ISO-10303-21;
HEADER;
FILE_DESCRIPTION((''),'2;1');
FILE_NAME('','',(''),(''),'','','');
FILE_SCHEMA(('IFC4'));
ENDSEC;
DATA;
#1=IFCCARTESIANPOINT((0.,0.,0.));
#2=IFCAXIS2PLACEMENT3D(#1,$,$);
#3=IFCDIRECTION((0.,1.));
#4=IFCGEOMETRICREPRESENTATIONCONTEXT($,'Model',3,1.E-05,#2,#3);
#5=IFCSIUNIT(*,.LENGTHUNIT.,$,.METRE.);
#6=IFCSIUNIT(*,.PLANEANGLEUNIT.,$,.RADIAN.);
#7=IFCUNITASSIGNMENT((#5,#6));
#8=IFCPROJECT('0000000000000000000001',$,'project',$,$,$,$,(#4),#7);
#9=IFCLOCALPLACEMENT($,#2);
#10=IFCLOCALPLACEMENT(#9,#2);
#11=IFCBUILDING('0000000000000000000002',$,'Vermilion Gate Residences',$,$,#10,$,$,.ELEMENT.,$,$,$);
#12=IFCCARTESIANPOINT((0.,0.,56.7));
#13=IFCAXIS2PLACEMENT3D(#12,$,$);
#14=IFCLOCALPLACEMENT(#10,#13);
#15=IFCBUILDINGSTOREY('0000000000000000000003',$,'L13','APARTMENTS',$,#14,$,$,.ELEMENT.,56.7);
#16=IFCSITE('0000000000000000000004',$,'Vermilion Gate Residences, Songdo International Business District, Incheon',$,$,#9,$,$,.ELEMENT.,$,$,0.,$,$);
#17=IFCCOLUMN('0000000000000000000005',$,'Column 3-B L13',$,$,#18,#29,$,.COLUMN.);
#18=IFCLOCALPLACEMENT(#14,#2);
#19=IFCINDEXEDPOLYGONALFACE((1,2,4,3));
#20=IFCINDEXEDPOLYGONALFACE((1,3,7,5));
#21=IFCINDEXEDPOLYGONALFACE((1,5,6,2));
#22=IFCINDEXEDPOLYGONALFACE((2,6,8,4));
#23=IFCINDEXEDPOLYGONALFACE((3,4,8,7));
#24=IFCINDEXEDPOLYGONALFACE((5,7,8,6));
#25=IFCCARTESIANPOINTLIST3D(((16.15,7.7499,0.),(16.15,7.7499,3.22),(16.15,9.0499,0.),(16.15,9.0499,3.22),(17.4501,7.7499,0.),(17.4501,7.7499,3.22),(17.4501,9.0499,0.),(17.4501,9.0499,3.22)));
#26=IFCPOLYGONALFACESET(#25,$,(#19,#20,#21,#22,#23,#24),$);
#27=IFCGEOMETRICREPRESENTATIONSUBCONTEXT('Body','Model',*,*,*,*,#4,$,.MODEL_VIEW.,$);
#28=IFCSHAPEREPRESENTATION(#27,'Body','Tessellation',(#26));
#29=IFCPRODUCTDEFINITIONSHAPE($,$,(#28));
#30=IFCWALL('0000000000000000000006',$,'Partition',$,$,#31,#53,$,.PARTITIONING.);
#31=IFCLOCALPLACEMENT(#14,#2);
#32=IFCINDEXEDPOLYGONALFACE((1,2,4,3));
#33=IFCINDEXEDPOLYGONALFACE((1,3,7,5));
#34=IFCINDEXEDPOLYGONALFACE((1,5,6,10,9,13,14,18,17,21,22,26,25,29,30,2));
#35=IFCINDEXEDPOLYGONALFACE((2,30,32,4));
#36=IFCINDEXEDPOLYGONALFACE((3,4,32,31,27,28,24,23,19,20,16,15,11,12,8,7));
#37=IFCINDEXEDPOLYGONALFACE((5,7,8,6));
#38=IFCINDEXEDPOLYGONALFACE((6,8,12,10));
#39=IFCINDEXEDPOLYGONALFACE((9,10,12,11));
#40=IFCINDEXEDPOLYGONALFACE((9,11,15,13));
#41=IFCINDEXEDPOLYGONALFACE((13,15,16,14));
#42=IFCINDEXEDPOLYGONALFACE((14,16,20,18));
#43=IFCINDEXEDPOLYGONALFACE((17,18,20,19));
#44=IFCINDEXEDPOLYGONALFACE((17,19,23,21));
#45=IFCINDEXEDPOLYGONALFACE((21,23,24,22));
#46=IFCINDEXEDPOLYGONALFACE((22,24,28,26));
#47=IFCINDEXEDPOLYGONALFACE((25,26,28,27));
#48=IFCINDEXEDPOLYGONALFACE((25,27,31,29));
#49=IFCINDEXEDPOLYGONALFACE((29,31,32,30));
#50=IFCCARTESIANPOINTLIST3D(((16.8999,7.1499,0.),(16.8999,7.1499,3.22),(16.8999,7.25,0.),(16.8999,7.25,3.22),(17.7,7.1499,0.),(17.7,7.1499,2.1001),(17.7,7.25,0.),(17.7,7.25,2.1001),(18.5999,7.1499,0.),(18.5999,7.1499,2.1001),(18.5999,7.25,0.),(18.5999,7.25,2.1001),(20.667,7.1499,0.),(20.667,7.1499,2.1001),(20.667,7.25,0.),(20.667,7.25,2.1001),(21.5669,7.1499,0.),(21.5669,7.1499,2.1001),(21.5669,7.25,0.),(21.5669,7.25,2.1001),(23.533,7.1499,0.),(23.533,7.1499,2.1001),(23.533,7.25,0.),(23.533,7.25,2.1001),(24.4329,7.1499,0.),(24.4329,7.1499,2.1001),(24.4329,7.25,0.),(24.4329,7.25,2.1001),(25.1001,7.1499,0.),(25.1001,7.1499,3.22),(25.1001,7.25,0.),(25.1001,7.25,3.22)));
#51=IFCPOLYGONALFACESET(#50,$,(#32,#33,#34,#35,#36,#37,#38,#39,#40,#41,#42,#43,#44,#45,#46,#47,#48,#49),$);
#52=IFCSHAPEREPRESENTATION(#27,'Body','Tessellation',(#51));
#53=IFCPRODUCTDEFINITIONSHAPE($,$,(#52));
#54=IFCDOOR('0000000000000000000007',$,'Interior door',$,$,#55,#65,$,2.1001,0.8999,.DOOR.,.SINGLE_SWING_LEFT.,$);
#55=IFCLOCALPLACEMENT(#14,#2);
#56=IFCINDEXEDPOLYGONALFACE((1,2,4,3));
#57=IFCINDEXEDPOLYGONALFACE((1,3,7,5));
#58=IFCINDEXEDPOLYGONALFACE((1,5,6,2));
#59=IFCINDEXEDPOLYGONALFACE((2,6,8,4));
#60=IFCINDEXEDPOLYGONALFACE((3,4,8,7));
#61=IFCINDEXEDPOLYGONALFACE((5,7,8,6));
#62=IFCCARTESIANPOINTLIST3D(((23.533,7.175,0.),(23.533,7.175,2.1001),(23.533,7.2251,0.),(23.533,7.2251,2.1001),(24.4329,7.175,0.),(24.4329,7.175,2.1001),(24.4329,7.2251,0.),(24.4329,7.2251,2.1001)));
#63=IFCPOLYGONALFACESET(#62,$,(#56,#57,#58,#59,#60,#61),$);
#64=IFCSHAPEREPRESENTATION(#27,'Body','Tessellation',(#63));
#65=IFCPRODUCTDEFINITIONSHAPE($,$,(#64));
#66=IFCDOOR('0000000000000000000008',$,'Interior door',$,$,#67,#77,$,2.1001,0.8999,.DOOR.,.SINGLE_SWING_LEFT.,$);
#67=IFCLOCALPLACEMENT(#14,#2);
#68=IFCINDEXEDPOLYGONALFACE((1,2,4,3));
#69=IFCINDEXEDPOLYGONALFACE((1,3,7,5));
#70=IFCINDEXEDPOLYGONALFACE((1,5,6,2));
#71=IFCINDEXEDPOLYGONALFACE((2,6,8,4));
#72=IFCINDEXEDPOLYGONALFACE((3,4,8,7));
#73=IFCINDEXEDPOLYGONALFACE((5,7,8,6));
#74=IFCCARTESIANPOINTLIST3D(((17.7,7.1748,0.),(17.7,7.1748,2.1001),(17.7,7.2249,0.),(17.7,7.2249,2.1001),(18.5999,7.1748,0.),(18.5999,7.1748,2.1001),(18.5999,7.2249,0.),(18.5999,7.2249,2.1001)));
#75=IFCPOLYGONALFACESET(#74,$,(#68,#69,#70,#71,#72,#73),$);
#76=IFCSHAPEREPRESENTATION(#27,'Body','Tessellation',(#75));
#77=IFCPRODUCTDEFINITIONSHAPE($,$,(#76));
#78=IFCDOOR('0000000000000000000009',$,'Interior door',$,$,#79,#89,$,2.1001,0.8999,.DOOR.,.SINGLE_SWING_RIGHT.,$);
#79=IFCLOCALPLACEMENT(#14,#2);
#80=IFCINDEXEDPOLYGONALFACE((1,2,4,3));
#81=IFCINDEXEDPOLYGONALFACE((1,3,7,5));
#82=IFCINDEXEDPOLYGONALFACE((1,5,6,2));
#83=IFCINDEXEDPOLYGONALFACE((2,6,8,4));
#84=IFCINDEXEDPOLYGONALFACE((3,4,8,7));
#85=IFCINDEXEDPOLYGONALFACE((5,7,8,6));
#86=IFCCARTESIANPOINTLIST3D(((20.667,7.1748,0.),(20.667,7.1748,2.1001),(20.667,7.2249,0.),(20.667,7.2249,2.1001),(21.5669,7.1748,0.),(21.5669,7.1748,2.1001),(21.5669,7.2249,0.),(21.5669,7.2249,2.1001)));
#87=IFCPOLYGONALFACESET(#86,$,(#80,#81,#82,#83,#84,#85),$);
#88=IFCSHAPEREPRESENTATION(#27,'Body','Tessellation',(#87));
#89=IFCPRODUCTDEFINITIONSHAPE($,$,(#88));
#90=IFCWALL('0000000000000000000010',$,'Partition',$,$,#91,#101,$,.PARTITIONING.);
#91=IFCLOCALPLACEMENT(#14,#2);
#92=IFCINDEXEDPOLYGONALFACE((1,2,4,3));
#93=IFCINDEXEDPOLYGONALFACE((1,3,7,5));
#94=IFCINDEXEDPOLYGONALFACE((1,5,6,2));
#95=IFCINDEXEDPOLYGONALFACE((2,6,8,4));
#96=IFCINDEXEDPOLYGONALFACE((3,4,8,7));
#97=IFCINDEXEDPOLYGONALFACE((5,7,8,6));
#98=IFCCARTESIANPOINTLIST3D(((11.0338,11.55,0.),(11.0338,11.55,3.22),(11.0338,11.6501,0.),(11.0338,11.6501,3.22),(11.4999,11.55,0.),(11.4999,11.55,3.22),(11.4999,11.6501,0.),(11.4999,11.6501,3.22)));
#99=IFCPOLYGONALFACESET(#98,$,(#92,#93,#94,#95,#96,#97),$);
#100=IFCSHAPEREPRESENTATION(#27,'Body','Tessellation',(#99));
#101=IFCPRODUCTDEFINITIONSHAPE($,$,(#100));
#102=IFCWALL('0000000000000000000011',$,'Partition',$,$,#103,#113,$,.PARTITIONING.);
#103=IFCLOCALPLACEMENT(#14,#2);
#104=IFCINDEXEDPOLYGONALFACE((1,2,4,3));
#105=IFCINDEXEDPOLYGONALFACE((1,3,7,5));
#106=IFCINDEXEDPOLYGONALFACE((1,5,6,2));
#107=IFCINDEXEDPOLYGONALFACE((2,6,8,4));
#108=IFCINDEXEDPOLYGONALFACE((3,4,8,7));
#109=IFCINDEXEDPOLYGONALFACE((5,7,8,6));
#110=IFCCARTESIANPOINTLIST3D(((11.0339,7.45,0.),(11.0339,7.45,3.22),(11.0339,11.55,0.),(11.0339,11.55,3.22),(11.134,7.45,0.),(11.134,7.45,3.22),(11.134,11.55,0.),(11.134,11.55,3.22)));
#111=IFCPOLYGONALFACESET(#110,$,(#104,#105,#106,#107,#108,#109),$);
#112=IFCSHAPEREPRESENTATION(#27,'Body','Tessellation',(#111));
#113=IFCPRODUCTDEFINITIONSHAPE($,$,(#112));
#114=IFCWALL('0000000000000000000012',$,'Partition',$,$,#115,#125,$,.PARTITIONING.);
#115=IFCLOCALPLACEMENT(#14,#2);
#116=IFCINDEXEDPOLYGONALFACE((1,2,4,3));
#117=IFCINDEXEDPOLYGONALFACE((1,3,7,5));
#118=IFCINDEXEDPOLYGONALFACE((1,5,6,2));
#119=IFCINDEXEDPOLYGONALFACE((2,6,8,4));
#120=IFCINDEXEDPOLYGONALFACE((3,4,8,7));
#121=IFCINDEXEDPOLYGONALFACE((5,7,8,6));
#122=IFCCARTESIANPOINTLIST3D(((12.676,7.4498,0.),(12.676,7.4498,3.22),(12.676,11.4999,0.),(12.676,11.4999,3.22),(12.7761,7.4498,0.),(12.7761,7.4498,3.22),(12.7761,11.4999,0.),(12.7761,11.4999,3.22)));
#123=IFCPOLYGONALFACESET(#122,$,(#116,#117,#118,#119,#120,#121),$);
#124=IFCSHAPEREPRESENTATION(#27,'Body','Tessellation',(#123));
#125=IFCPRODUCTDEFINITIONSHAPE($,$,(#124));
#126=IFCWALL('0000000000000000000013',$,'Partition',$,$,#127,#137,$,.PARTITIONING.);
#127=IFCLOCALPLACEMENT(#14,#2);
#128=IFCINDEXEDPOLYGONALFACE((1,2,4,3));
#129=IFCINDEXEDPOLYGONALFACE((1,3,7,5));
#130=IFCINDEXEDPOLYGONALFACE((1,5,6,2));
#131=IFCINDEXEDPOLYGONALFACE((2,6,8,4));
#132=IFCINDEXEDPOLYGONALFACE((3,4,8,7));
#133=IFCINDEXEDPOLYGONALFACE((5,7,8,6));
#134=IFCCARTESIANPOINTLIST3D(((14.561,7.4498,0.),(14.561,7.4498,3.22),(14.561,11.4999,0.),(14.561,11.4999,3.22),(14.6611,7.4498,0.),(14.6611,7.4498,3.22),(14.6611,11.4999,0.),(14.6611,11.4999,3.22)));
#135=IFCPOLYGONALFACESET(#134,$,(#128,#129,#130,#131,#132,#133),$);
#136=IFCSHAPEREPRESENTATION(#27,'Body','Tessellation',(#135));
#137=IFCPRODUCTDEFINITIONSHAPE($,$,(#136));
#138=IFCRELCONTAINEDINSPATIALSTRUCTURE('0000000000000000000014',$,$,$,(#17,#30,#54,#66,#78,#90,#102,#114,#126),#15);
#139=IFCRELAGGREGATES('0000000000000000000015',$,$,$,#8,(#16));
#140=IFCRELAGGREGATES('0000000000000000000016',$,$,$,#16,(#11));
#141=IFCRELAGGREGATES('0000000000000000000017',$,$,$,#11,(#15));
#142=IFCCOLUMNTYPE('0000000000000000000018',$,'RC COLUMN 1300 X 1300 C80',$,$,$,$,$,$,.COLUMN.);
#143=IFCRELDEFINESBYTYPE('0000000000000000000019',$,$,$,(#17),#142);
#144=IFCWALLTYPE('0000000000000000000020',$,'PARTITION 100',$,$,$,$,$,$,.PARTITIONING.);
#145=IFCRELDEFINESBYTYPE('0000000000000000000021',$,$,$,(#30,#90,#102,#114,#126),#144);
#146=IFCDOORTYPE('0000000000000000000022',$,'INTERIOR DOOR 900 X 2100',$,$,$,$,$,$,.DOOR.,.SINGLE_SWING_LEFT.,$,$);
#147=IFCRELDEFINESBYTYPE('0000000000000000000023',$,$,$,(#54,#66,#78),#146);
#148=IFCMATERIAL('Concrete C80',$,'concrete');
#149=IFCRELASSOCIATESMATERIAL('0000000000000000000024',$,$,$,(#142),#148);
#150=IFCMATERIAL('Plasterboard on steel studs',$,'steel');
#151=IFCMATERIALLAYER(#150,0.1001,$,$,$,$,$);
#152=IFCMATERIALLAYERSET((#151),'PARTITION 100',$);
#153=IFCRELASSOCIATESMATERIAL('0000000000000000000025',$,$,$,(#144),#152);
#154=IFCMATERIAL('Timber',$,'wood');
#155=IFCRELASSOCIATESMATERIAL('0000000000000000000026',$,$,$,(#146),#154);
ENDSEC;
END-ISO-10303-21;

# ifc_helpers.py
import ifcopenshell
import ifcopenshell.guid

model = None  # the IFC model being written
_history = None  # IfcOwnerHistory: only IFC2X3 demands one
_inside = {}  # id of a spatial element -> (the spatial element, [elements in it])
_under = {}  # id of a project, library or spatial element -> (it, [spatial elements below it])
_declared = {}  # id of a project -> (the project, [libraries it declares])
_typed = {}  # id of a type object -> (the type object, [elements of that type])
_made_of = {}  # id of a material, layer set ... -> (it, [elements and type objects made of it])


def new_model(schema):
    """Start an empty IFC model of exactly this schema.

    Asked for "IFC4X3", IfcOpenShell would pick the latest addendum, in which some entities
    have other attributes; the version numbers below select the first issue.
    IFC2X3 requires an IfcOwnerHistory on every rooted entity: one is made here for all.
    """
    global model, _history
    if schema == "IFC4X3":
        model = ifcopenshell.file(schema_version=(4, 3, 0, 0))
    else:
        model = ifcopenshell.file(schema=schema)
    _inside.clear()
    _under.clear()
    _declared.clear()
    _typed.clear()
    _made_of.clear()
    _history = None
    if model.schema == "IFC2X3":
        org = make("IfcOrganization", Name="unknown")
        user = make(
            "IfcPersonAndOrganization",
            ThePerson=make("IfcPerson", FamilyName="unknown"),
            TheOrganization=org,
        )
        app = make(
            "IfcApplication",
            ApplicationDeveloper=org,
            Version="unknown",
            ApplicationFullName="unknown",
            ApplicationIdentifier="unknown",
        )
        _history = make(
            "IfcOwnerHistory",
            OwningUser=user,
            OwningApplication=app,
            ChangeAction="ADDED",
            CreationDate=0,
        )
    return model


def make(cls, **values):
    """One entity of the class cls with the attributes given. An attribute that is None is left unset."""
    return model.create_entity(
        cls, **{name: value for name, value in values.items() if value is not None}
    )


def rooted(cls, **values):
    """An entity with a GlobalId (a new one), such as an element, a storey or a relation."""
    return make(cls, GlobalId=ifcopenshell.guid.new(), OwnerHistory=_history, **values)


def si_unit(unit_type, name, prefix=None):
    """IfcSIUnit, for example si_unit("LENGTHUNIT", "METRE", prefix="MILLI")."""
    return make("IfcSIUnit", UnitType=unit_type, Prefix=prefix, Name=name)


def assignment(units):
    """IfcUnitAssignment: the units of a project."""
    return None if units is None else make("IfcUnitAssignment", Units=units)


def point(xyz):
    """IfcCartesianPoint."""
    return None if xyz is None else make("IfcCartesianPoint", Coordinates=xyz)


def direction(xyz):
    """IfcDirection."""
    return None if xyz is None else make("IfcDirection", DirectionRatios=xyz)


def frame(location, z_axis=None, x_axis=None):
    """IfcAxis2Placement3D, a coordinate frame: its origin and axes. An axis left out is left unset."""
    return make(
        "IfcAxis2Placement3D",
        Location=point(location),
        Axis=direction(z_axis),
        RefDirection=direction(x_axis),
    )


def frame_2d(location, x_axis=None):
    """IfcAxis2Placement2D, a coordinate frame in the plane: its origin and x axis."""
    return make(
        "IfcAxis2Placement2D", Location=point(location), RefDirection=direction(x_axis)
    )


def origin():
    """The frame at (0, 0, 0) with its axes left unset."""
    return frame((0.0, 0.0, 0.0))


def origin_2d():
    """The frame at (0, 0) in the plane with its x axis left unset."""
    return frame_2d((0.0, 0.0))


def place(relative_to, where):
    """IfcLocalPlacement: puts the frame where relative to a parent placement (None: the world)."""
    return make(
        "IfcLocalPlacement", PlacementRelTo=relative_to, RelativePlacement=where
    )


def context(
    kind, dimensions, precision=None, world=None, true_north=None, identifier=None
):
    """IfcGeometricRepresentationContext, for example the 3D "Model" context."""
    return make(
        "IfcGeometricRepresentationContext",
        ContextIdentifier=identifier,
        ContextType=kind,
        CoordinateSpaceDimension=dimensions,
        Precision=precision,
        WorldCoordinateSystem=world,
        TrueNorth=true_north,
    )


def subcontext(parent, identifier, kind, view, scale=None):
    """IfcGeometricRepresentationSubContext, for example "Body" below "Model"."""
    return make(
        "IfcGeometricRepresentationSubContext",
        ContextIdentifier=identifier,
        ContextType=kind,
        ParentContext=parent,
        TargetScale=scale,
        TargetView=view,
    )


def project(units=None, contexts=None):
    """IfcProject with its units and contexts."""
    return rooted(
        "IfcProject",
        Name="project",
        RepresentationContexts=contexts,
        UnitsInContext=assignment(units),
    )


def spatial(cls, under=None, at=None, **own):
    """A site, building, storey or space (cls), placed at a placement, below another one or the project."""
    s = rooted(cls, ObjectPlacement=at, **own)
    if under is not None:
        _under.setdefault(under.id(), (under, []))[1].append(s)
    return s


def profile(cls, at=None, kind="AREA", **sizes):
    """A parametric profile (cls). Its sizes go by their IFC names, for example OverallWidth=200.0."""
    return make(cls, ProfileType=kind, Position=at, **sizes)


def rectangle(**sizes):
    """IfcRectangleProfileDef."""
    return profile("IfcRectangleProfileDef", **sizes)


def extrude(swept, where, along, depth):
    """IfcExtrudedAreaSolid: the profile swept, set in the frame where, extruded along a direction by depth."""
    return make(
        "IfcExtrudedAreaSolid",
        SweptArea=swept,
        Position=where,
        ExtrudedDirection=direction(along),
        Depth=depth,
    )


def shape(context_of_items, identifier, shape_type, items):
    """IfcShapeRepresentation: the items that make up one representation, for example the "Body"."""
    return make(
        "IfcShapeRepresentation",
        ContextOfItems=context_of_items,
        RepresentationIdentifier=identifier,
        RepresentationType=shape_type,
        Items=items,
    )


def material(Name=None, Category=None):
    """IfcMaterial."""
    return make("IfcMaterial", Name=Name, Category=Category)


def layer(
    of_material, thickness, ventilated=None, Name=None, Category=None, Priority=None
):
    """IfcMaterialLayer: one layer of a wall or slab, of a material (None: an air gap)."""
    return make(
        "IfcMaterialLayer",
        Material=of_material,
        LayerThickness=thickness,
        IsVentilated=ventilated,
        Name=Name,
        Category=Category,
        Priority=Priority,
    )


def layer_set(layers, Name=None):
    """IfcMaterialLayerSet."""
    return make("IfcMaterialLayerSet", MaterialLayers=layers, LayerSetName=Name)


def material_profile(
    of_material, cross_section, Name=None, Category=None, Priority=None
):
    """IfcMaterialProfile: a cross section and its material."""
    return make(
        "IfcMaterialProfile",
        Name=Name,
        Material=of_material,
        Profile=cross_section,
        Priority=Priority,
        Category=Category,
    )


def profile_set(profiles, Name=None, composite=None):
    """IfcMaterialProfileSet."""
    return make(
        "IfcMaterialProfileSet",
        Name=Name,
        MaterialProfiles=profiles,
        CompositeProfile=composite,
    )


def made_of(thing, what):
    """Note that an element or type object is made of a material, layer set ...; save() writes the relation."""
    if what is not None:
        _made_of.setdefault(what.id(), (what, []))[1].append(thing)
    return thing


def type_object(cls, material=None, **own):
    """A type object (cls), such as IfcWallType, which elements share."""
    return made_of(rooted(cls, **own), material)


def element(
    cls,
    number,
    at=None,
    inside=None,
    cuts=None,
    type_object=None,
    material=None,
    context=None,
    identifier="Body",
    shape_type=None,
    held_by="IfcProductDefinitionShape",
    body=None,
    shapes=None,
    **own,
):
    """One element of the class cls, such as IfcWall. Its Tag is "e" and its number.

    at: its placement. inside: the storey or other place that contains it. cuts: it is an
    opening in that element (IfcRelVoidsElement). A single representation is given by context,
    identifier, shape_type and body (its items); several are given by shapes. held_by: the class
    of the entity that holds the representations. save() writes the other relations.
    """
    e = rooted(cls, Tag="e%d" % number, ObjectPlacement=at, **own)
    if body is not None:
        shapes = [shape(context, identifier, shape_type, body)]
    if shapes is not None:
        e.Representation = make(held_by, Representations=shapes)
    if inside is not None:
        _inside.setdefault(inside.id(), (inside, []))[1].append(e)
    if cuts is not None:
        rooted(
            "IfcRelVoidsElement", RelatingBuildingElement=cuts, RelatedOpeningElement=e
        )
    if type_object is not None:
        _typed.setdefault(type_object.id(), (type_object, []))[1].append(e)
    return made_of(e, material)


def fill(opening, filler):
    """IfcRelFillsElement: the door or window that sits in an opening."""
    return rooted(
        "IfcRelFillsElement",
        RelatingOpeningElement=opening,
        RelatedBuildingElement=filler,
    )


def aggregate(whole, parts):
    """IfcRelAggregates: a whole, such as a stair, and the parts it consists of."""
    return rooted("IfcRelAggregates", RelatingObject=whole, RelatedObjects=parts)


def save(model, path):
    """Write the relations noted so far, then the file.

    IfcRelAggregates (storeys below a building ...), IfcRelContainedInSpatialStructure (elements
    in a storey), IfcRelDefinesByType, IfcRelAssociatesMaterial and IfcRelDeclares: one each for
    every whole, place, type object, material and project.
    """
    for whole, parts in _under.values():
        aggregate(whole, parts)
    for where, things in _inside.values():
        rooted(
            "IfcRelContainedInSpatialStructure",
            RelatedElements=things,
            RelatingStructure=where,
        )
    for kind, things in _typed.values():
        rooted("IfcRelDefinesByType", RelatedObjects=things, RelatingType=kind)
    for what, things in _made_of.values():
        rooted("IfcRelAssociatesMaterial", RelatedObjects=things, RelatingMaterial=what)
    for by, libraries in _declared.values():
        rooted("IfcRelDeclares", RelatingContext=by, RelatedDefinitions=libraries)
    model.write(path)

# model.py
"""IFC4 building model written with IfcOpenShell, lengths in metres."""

from ifc_helpers import new_model, si_unit, direction, frame, frame_2d, origin, origin_2d, place, context, subcontext, project, spatial, rectangle, extrude, material, layer, layer_set, material_profile, profile_set, type_object, element, fill, save


model = new_model("IFC4")

# Units and contexts
model_context = context("Model", 3, precision=1e-05, world=origin(), true_north=direction((0.0, 1.0)))
body_context = subcontext(model_context, "Body", "Model", "MODEL_VIEW")
ifc_project = project(units=[si_unit("LENGTHUNIT", "METRE"), si_unit("PLANEANGLEUNIT", "RADIAN")], contexts=[model_context])

# Site, building, storey
site_placement = place(None, origin())
site = spatial("IfcSite", under=ifc_project, at=site_placement, Name="Vermilion Gate Residences, Songdo International Business District, Incheon", CompositionType="ELEMENT", RefElevation=0.0)
building_placement = place(site_placement, origin())
building = spatial("IfcBuilding", under=site, at=building_placement, Name="Vermilion Gate Residences", CompositionType="ELEMENT")
storey_placement = place(building_placement, frame((0.0, 0.0, 56.7)))
storey = spatial("IfcBuildingStorey", under=building, at=storey_placement, Name="L13", Description="APARTMENTS", CompositionType="ELEMENT", Elevation=56.7)

# Column
ifc_material_1 = material(Name="Concrete C80", Category="concrete")
ifc_material_profile = material_profile(ifc_material_1, rectangle(XDim=1.3, YDim=1.3, at=origin_2d()), Name="RC-1300x1300")
ifc_profile_set = profile_set([ifc_material_profile], Name="Concrete C80")
column_type = type_object("IfcColumnType", Name="RC COLUMN 1300 X 1300 C80", PredefinedType="COLUMN", material=ifc_profile_set)
column_placement = place(storey_placement, frame((16.8, 8.3999, 0.0), z_axis=(0.0, 0.0, 1.0), x_axis=(1.0, 0.0, 0.0)))
element("IfcColumn", 1, at=column_placement, inside=storey, type_object=column_type, Name="Column 3-B L13", PredefinedType="COLUMN", context=body_context, shape_type="SweptSolid", body=[
    extrude(rectangle(XDim=1.3, YDim=1.3, at=origin_2d()), origin(), (0.0, 0.0, 1.0), 3.22),
])

# Wall, openings, doors
ifc_material_2 = material(Name="Plasterboard on steel studs", Category="steel")
ifc_layer_1 = layer(ifc_material_2, 0.1001)
ifc_layer_set_1 = layer_set([ifc_layer_1], Name="PARTITION 100")
wall_type_1 = type_object("IfcWallType", Name="PARTITION 100", PredefinedType="PARTITIONING", material=ifc_layer_set_1)
wall_1_placement = place(storey_placement, frame((16.8999, 7.2, 0.0), z_axis=(0.0, 0.0, 1.0), x_axis=(1.0, 0.0, 0.0)))
wall_1 = element("IfcWall", 2, at=wall_1_placement, inside=storey, type_object=wall_type_1, Name="Partition", PredefinedType="PARTITIONING", context=body_context, shape_type="SweptSolid", body=[
    extrude(rectangle(XDim=8.2002, YDim=0.1001, at=frame_2d((4.1001, 0.0))), origin(), (0.0, 0.0, 1.0), 3.22),
])
opening_1_placement = place(wall_1_placement, frame((6.6331, 0.0, 0.0)))
opening_1 = element("IfcOpeningElement", 3, at=opening_1_placement, cuts=wall_1, PredefinedType="OPENING", context=body_context, shape_type="SweptSolid", body=[
    extrude(rectangle(XDim=0.8999, YDim=2.1001, at=frame_2d((0.45, 1.05))), frame((0.0, 0.0601, 0.0), z_axis=(0.0, -1.0, 0.0), x_axis=(1.0, 0.0, 0.0)), (0.0, 0.0, 1.0), 0.1201),
])
opening_2_placement = place(wall_1_placement, frame((0.8, 0.0, 0.0)))
opening_2 = element("IfcOpeningElement", 4, at=opening_2_placement, cuts=wall_1, PredefinedType="OPENING", context=body_context, shape_type="SweptSolid", body=[
    extrude(rectangle(XDim=0.8999, YDim=2.1001, at=frame_2d((0.45, 1.05))), frame((0.0, 0.0601, 0.0), z_axis=(0.0, -1.0, 0.0), x_axis=(1.0, 0.0, 0.0)), (0.0, 0.0, 1.0), 0.1201),
])
opening_3_placement = place(wall_1_placement, frame((3.7671, 0.0, 0.0)))
opening_3 = element("IfcOpeningElement", 5, at=opening_3_placement, cuts=wall_1, PredefinedType="OPENING", context=body_context, shape_type="SweptSolid", body=[
    extrude(rectangle(XDim=0.8999, YDim=2.1001, at=frame_2d((0.45, 1.05))), frame((0.0, 0.0601, 0.0), z_axis=(0.0, -1.0, 0.0), x_axis=(1.0, 0.0, 0.0)), (0.0, 0.0, 1.0), 0.1201),
])
ifc_material_3 = material(Name="Timber", Category="wood")
door_type_1 = type_object("IfcDoorType", Name="INTERIOR DOOR 900 X 2100", OperationType="SINGLE_SWING_LEFT", PredefinedType="DOOR", material=ifc_material_3)
door_1_placement = place(opening_1_placement, frame((0.8999, 0.0, 0.0), z_axis=(0.0, 0.0, 1.0), x_axis=(-1.0, 0.0, 0.0)))
door_1 = element("IfcDoor", 6, at=door_1_placement, inside=storey, type_object=door_type_1, Name="Interior door", OperationType="SINGLE_SWING_LEFT", OverallHeight=2.1001, OverallWidth=0.8999, PredefinedType="DOOR", context=body_context, shape_type="SweptSolid", body=[
    extrude(rectangle(XDim=0.8999, YDim=2.1001, at=frame_2d((0.45, 1.05))), frame((0.0, 0.0249, 0.0), z_axis=(0.0, -1.0, 0.0), x_axis=(1.0, 0.0, 0.0)), (0.0, 0.0, 1.0), 0.05),
])
fill(opening_1, door_1)
door_2_placement = place(opening_2_placement, origin())
door_2 = element("IfcDoor", 7, at=door_2_placement, inside=storey, type_object=door_type_1, Name="Interior door", OperationType="SINGLE_SWING_LEFT", OverallHeight=2.1001, OverallWidth=0.8999, PredefinedType="DOOR", context=body_context, shape_type="SweptSolid", body=[
    extrude(rectangle(XDim=0.8999, YDim=2.1001, at=frame_2d((0.45, 1.05))), frame((0.0, 0.0249, 0.0), z_axis=(0.0, -1.0, 0.0), x_axis=(1.0, 0.0, 0.0)), (0.0, 0.0, 1.0), 0.05),
])
fill(opening_2, door_2)
door_3_placement = place(opening_3_placement, origin())
door_3 = element("IfcDoor", 8, at=door_3_placement, inside=storey, type_object=door_type_1, Name="Interior door", OperationType="SINGLE_SWING_RIGHT", OverallHeight=2.1001, OverallWidth=0.8999, PredefinedType="DOOR", context=body_context, shape_type="SweptSolid", body=[
    extrude(rectangle(XDim=0.8999, YDim=2.1001, at=frame_2d((0.45, 1.05))), frame((0.0, 0.0249, 0.0), z_axis=(0.0, -1.0, 0.0), x_axis=(1.0, 0.0, 0.0)), (0.0, 0.0, 1.0), 0.05),
])
fill(opening_3, door_3)

# Walls
wall_2_placement = place(storey_placement, frame((11.0339, 11.6001, 0.0), z_axis=(0.0, 0.0, 1.0), x_axis=(1.0, 0.0, 0.0)))
element("IfcWall", 9, at=wall_2_placement, inside=storey, type_object=wall_type_1, Name="Partition", PredefinedType="PARTITIONING", context=body_context, shape_type="SweptSolid", body=[
    extrude(rectangle(XDim=0.4661, YDim=0.1001, at=frame_2d((0.2329, 0.0))), origin(), (0.0, 0.0, 1.0), 3.22),
])
wall_3_placement = place(storey_placement, frame((11.084, 7.45, 0.0), z_axis=(0.0, 0.0, 1.0), x_axis=(0.0, 1.0, 0.0)))
element("IfcWall", 10, at=wall_3_placement, inside=storey, type_object=wall_type_1, Name="Partition", PredefinedType="PARTITIONING", context=body_context, shape_type="SweptSolid", body=[
    extrude(rectangle(XDim=4.1001, YDim=0.1001, at=frame_2d((2.05, 0.0))), origin(), (0.0, 0.0, 1.0), 3.22),
])
for number, where, z_axis, x_axis, name in (
    (11, (12.7261, 7.45, 0.0), (0.0, 0.0, 1.0), (0.0, 1.0, 0.0), "Partition"),
    (12, (14.6111, 7.45, 0.0), (0.0, 0.0, 1.0), (0.0, 1.0, 0.0), "Partition"),
):
    element("IfcWall", number, at=place(storey_placement, frame(where, z_axis=z_axis, x_axis=x_axis)), inside=storey, type_object=wall_type_1, Name=name, PredefinedType="PARTITIONING", context=body_context, shape_type="SweptSolid", body=[
        extrude(rectangle(XDim=4.05, YDim=0.1001, at=frame_2d((2.0249, 0.0))), origin(), (0.0, 0.0, 1.0), 3.22),
    ])

save(model, "model.ifc")
